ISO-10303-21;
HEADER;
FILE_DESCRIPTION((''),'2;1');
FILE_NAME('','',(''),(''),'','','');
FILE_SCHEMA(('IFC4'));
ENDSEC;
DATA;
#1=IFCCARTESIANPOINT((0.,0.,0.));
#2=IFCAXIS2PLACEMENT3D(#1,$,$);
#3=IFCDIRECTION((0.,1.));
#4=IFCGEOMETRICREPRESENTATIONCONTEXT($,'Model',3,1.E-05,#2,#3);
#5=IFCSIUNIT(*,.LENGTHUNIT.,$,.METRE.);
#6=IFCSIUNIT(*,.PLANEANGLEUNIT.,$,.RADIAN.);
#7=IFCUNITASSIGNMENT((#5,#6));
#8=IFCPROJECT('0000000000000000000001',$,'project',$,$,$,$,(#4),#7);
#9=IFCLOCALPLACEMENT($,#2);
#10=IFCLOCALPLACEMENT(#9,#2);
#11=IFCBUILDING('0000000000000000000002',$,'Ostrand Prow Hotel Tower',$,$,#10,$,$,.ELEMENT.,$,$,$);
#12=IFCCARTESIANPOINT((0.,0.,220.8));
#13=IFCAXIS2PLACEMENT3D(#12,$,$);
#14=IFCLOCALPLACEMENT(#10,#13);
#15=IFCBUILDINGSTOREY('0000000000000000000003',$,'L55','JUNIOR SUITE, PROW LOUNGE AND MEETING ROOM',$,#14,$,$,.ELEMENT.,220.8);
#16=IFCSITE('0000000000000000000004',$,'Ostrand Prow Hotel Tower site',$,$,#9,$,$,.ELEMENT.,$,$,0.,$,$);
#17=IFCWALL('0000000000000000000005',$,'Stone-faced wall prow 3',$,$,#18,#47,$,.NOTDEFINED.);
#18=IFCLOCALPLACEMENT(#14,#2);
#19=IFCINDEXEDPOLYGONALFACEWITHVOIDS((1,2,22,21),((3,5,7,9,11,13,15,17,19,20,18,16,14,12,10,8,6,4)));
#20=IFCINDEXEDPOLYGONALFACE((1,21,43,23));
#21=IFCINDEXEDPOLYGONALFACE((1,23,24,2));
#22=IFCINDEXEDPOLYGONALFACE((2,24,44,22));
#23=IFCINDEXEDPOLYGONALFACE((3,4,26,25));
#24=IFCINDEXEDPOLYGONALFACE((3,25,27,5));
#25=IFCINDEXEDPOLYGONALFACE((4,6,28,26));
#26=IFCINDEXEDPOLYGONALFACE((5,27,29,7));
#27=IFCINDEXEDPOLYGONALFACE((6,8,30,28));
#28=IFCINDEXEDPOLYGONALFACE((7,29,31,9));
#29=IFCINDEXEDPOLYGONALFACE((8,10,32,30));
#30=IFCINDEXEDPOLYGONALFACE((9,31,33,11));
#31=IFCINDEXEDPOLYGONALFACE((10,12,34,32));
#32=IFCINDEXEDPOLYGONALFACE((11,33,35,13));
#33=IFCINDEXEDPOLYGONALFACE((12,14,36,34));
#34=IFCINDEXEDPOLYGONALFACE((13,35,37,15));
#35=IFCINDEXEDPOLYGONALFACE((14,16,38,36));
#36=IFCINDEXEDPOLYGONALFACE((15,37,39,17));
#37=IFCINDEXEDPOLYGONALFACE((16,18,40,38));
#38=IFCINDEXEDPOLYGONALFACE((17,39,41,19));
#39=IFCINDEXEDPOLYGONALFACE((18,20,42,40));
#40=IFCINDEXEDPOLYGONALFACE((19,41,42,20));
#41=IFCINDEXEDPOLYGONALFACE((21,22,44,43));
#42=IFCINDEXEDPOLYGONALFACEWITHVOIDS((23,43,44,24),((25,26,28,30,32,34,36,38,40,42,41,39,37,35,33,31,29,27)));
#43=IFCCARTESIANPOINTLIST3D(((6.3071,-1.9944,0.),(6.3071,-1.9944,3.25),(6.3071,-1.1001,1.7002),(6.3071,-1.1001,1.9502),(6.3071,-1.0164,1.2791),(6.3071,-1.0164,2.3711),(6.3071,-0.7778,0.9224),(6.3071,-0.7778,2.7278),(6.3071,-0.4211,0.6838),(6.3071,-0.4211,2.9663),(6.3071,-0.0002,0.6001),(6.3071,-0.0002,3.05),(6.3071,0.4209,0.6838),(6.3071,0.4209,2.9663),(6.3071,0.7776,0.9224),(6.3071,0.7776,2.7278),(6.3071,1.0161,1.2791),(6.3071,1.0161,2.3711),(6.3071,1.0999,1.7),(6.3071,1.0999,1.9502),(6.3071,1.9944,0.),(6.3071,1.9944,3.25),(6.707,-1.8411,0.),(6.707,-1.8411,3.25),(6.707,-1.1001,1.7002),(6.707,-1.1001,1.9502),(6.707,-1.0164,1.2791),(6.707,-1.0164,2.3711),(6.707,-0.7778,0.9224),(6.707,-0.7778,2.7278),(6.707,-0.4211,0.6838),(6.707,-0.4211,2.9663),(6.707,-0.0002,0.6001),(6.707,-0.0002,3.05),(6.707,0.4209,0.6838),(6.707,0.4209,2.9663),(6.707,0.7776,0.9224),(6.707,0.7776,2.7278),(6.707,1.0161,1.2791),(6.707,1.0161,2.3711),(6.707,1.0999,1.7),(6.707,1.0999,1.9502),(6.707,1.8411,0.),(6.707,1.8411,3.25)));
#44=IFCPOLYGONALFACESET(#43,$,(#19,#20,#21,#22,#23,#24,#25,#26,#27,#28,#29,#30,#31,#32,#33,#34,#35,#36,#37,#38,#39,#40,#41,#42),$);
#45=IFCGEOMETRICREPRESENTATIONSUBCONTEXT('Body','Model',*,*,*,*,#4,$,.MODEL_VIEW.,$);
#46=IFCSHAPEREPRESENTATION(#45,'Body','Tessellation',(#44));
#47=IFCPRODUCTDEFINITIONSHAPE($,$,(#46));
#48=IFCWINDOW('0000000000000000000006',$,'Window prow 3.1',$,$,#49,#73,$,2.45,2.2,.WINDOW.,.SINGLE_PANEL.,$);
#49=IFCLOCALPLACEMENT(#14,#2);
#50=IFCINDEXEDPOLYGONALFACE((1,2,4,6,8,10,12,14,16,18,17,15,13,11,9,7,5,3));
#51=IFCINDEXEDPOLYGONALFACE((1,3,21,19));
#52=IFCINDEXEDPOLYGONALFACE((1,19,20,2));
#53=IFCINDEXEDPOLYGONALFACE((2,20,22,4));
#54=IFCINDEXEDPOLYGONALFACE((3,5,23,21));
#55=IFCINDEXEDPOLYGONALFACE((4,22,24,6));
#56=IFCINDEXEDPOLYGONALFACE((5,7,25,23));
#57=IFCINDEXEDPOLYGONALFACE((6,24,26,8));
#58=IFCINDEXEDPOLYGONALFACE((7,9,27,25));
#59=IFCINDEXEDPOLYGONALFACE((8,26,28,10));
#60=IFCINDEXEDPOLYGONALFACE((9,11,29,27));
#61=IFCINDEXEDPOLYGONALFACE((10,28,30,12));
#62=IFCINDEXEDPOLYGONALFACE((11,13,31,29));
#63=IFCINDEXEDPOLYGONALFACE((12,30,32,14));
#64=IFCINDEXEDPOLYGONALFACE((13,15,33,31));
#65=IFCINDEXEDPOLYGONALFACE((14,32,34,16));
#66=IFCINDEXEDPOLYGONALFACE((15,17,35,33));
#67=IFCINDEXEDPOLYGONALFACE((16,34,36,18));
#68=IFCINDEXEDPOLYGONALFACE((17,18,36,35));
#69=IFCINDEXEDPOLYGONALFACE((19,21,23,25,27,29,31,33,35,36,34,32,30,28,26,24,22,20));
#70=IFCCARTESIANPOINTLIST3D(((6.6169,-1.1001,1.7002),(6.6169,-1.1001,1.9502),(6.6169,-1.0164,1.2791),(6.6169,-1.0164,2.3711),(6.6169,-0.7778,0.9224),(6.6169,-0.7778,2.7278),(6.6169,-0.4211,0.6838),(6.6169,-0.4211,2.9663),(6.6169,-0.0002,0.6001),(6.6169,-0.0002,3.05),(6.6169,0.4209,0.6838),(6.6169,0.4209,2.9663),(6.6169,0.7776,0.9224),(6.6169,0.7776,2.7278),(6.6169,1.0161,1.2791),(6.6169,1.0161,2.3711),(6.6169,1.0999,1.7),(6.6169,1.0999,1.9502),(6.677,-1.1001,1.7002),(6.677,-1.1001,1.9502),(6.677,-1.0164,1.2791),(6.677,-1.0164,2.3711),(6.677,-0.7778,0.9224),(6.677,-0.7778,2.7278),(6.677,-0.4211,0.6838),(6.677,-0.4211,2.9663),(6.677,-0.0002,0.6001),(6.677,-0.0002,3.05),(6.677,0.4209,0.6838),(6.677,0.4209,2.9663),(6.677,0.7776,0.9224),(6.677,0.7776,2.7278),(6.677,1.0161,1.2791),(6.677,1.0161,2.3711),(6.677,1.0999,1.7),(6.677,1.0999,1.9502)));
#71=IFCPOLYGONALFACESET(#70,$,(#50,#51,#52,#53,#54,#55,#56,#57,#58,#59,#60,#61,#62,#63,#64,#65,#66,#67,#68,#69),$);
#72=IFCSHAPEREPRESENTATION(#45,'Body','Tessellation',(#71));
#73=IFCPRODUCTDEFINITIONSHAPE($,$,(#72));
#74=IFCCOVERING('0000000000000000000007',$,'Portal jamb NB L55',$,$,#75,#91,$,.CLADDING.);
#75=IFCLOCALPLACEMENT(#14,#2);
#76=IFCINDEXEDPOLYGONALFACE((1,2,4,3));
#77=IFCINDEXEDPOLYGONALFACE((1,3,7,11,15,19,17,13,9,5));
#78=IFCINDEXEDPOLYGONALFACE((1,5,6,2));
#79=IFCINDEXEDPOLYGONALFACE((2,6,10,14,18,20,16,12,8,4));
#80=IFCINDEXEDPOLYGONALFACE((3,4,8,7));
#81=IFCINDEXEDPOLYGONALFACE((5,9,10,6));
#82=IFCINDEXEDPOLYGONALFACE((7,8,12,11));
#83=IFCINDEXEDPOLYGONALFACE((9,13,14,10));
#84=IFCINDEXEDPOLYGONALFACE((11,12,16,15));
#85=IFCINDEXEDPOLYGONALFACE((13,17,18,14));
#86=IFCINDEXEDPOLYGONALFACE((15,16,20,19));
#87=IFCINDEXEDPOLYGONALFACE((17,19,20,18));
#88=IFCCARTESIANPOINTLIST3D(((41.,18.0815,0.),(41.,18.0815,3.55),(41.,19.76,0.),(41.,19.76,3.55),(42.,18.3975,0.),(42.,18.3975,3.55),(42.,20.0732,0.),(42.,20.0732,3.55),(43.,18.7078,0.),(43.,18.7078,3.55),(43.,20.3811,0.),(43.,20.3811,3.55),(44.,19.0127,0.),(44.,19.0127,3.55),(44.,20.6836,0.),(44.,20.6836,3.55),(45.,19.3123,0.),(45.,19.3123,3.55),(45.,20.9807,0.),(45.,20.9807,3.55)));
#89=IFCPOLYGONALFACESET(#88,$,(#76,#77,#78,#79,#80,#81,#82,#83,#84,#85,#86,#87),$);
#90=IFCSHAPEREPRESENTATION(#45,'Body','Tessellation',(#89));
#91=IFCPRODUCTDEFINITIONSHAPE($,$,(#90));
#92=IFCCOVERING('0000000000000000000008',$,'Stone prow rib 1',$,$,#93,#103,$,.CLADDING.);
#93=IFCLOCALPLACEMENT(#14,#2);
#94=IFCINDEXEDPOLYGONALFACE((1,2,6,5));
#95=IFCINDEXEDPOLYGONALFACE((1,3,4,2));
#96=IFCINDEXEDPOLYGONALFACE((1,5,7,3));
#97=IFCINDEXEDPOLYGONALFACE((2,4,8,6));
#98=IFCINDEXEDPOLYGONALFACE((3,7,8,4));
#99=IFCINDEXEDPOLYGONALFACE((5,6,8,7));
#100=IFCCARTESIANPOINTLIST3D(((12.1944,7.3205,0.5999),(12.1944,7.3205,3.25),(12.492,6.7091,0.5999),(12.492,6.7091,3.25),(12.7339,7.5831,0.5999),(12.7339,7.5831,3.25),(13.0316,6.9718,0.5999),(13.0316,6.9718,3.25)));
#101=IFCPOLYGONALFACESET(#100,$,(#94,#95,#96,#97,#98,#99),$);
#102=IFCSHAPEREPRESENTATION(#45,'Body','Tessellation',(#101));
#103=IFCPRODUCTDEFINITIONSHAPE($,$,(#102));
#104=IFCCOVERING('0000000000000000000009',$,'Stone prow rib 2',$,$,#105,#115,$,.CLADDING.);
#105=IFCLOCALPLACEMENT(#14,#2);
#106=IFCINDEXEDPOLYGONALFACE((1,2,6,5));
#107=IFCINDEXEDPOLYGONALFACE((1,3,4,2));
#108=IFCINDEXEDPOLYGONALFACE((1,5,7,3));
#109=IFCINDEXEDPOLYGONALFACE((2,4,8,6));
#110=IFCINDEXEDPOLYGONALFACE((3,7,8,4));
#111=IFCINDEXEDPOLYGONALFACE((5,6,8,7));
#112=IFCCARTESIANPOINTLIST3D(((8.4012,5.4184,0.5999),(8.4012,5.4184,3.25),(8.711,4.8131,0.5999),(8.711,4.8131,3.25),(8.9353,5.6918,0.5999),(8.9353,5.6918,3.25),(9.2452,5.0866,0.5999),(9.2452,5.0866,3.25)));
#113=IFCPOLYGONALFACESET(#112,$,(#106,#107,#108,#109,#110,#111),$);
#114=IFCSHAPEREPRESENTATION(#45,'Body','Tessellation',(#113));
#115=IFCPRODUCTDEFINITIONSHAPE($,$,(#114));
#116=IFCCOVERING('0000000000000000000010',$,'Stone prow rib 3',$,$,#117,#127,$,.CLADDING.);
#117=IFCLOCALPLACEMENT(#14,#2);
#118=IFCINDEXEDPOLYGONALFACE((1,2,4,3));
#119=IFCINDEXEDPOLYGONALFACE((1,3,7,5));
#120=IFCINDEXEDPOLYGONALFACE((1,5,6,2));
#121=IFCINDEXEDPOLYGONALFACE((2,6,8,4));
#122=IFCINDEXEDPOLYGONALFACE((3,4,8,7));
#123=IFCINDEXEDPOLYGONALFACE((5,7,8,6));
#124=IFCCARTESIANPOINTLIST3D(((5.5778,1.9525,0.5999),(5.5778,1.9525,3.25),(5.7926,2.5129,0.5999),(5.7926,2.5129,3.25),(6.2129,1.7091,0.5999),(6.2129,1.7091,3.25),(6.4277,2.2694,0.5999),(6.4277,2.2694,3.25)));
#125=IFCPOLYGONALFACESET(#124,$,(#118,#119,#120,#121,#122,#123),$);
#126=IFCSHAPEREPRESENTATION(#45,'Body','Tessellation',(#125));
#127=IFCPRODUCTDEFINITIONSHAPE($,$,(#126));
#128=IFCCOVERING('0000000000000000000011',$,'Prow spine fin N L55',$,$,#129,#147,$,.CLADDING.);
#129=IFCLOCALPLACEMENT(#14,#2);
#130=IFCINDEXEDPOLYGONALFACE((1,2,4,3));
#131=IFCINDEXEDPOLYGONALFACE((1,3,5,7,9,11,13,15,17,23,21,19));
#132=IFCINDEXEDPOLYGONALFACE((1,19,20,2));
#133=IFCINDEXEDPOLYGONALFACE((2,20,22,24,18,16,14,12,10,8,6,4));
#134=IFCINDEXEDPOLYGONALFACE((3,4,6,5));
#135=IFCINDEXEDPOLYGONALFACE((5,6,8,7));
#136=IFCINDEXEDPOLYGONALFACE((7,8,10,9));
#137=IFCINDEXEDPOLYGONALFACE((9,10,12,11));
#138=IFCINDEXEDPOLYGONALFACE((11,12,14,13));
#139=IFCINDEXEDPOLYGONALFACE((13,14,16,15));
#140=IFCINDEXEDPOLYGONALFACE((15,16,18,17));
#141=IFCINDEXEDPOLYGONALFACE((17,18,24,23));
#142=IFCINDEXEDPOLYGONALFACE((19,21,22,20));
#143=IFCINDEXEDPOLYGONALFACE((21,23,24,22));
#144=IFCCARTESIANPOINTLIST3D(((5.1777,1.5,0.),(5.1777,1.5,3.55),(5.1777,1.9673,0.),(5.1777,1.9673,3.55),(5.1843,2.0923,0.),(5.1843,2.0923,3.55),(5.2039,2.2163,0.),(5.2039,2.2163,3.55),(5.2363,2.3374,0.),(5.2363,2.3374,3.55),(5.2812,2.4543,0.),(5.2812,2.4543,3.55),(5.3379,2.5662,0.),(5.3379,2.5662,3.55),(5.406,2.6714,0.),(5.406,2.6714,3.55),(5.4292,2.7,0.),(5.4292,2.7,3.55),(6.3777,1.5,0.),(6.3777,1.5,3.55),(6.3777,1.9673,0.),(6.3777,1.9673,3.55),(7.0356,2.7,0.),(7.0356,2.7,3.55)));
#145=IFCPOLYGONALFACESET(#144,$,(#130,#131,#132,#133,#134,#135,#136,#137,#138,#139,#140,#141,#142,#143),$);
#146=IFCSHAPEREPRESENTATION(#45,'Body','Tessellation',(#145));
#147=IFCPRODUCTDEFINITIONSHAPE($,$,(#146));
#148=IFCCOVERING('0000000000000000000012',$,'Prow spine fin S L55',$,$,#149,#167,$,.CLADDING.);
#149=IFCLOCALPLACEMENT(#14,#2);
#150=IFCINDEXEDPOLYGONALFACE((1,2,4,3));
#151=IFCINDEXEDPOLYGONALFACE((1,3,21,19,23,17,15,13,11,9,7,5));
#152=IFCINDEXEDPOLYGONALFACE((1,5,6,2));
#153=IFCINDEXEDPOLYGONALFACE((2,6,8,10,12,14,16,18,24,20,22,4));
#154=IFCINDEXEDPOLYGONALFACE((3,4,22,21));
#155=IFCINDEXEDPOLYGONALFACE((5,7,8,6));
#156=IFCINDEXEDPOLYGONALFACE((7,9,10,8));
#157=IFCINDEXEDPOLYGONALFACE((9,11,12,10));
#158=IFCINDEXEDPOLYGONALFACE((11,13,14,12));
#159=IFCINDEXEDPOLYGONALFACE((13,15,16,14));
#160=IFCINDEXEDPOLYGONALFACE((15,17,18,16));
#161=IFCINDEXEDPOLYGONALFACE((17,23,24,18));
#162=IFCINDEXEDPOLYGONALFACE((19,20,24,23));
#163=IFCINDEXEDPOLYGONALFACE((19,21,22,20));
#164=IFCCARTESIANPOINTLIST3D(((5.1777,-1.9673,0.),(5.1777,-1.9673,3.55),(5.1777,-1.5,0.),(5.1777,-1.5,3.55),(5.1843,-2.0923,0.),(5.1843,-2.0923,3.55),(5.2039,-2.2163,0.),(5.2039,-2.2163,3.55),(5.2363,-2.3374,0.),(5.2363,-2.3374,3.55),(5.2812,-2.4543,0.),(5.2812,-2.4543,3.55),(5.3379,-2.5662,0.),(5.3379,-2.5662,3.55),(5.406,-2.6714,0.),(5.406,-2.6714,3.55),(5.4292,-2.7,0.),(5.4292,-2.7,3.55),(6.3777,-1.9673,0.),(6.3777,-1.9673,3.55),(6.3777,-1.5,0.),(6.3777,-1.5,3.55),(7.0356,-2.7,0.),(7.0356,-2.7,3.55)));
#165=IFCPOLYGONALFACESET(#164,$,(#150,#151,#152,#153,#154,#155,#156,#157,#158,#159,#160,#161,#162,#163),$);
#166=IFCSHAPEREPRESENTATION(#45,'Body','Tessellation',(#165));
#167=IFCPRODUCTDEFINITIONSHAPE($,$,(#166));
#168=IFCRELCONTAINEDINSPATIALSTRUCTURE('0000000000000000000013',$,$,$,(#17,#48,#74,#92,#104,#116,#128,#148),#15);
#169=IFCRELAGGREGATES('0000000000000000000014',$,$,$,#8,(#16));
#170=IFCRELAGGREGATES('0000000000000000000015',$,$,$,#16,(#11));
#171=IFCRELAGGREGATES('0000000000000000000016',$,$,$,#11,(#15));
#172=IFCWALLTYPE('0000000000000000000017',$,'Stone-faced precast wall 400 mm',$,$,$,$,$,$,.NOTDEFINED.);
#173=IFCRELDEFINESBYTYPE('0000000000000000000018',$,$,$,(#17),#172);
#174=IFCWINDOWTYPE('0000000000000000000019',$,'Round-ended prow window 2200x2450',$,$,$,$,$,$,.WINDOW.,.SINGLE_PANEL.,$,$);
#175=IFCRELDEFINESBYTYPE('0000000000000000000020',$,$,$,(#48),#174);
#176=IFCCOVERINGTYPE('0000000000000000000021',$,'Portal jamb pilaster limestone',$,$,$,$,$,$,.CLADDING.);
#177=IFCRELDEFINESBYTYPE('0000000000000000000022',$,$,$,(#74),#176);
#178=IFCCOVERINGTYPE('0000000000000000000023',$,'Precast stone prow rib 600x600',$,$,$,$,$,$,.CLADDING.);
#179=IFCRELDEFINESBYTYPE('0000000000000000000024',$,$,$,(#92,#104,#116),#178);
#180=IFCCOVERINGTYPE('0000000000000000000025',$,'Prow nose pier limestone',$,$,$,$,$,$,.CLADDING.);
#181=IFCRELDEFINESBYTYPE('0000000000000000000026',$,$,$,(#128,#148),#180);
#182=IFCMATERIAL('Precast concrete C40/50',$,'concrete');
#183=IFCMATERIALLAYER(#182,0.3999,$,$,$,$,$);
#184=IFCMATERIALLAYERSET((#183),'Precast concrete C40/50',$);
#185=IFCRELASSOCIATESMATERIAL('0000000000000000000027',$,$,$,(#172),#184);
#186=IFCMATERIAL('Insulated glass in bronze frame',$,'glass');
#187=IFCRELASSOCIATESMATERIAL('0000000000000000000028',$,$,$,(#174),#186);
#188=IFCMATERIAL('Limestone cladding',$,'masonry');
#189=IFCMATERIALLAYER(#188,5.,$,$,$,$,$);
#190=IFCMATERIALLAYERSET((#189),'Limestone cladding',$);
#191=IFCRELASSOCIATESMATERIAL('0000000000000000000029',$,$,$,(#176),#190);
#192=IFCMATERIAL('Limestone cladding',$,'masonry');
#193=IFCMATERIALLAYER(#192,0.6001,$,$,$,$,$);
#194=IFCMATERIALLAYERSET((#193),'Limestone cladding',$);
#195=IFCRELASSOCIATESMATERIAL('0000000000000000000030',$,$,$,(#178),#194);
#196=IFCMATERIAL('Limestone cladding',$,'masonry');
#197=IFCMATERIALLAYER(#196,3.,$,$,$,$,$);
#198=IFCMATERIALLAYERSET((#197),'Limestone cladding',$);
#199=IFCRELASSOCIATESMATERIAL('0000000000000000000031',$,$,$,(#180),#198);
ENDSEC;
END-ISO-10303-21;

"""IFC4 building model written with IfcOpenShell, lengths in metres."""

from ifc_helpers import new_model, si_unit, direction, frame, frame_2d, origin, place, context, subcontext, project, spatial, polyline, rectangle, outline, extrude, material, layer, layer_set, type_object, element, fill, save


model = new_model("IFC4")

# Units and contexts
model_context = context("Model", 3, precision=1e-05, world=origin(), true_north=direction((0.0, 1.0)))
body_context = subcontext(model_context, "Body", "Model", "MODEL_VIEW")
ifc_project = project(units=[si_unit("LENGTHUNIT", "METRE"), si_unit("PLANEANGLEUNIT", "RADIAN")], contexts=[model_context])

# Site, building, storey
site_placement = place(None, origin())
site = spatial("IfcSite", under=ifc_project, at=site_placement, Name="Ostrand Prow Hotel Tower site", CompositionType="ELEMENT", RefElevation=0.0)
building_placement = place(site_placement, origin())
building = spatial("IfcBuilding", under=site, at=building_placement, Name="Ostrand Prow Hotel Tower", CompositionType="ELEMENT")
storey_placement = place(building_placement, frame((0.0, 0.0, 220.8)))
storey = spatial("IfcBuildingStorey", under=building, at=storey_placement, Name="L55", Description="JUNIOR SUITE, PROW LOUNGE AND MEETING ROOM", CompositionType="ELEMENT", Elevation=220.8)

# Wall, opening, window
ifc_material_1 = material(Name="Precast concrete C40/50", Category="concrete")
ifc_layer_1 = layer(ifc_material_1, 0.3999)
ifc_layer_set_1 = layer_set([ifc_layer_1], Name="Precast concrete C40/50")
wall_type_1 = type_object("IfcWallType", Name="Stone-faced precast wall 400 mm", PredefinedType="NOTDEFINED", material=ifc_layer_set_1)
ifc_material_2 = material(Name="Insulated glass in bronze frame", Category="glass")
window_type = type_object("IfcWindowType", Name="Round-ended prow window 2200x2450", PartitioningType="SINGLE_PANEL", PredefinedType="WINDOW", material=ifc_material_2)
wall_1_placement = place(storey_placement, frame((6.5071, 1.9177, 0.0), z_axis=(0.0, 0.0, 1.0), x_axis=(0.0, -1.0, 0.0)))
wall_1 = element("IfcWall", 1, at=wall_1_placement, inside=storey, type_object=wall_type_1, Name="Stone-faced wall prow 3", PredefinedType="NOTDEFINED", context=body_context, shape_type="SweptSolid", body=[
    extrude(outline(polyline([(-0.0767, -0.2), (3.9121, -0.2), (3.7588, 0.2), (0.0767, 0.2), (-0.0767, -0.2)])), origin(), (0.0, 0.0, 1.0), 3.25),
])
opening_1_placement = place(wall_1_placement, frame((0.8179, 0.0, 0.6001)))
opening_1 = element("IfcOpeningElement", 2, at=opening_1_placement, cuts=wall_1, PredefinedType="OPENING", context=body_context, shape_type="SweptSolid", body=[
    extrude(outline(polyline([(0.0, 1.3501), (0.0837, 1.771), (0.3223, 2.1277), (0.679, 2.3662), (1.1001, 2.45), (1.521, 2.3662), (1.8777, 2.1277), (2.1162, 1.771), (2.2, 1.3501), (2.2, 1.1001), (2.1162, 0.679), (1.8777, 0.3223), (1.521, 0.0837), (1.1001, 0.0), (0.679, 0.0837), (0.3223, 0.3223), (0.0837, 0.679), (0.0, 1.0999), (0.0, 1.3501)])), frame((0.0, 0.21, 0.0), z_axis=(0.0, -1.0, 0.0), x_axis=(1.0, 0.0, 0.0)), (0.0, 0.0, 1.0), 0.4199),
])
window_1_placement = place(opening_1_placement, origin())
window_1 = element("IfcWindow", 3, at=window_1_placement, inside=storey, type_object=window_type, Name="Window prow 3.1", OverallHeight=2.45, OverallWidth=2.2, PartitioningType="SINGLE_PANEL", PredefinedType="WINDOW", context=body_context, shape_type="SweptSolid", body=[
    extrude(outline(polyline([(0.0, 1.3501), (0.0837, 1.771), (0.3223, 2.1277), (0.679, 2.3662), (1.1001, 2.45), (1.521, 2.3662), (1.8777, 2.1277), (2.1162, 1.771), (2.2, 1.3501), (2.2, 1.1001), (2.1162, 0.679), (1.8777, 0.3223), (1.521, 0.0837), (1.1001, 0.0), (0.679, 0.0837), (0.3223, 0.3223), (0.0837, 0.679), (0.0, 1.0999), (0.0, 1.3501)])), frame((0.0, 0.1699, 0.0), z_axis=(0.0, -1.0, 0.0), x_axis=(1.0, 0.0, 0.0)), (0.0, 0.0, 1.0), 0.0601),
])
fill(opening_1, window_1)

# Coverings
ifc_material_3 = material(Name="Limestone cladding", Category="masonry")
ifc_layer_2 = layer(ifc_material_3, 5.0)
ifc_layer_set_2 = layer_set([ifc_layer_2], Name="Limestone cladding")
covering_type_1 = type_object("IfcCoveringType", Name="Portal jamb pilaster limestone", PredefinedType="CLADDING", material=ifc_layer_set_2)
covering_1_placement = place(storey_placement, origin())
element("IfcCovering", 4, at=covering_1_placement, inside=storey, type_object=covering_type_1, Name="Portal jamb NB L55", PredefinedType="CLADDING", context=body_context, shape_type="SweptSolid", body=[
    extrude(outline(polyline([(41.0, 18.0815), (42.0, 18.3975), (43.0, 18.7078), (44.0, 19.0127), (45.0, 19.3123), (45.0, 20.9807), (44.0, 20.6836), (43.0, 20.3811), (42.0, 20.0732), (41.0, 19.76), (41.0, 18.0815)])), origin(), (0.0, 0.0, 1.0), 3.55),
])
ifc_material_4 = material(Name="Limestone cladding", Category="masonry")
ifc_layer_3 = layer(ifc_material_4, 0.6001)
ifc_layer_set_3 = layer_set([ifc_layer_3], Name="Limestone cladding")
covering_type_2 = type_object("IfcCoveringType", Name="Precast stone prow rib 600x600", PredefinedType="CLADDING", material=ifc_layer_set_3)
for number, where, z_axis, x_axis, name in (
    (5, (12.7617, 6.8406, 0.5999), (0.0, 0.0, 1.0), (-0.437709, 0.899117, 0.0), "Stone prow rib 1"),
    (6, (8.978, 4.95, 0.5999), (0.0, 0.0, 1.0), (-0.455668, 0.89015, 0.0), "Stone prow rib 2"),
):
    element("IfcCovering", number, at=place(storey_placement, frame(where, z_axis=z_axis, x_axis=x_axis)), inside=storey, type_object=covering_type_2, Name=name, PredefinedType="CLADDING", context=body_context, shape_type="SweptSolid", body=[
        extrude(rectangle(XDim=0.6799, YDim=0.6001, at=frame_2d((0.3398, 0.0))), origin(), (0.0, 0.0, 1.0), 2.6501),
    ])
covering_2_placement = place(storey_placement, frame((6.3203, 1.9893, 0.5999), z_axis=(0.0, 0.0, 1.0), x_axis=(-0.933752, 0.35792, 0.0)))
element("IfcCovering", 7, at=covering_2_placement, inside=storey, type_object=covering_type_2, Name="Stone prow rib 3", PredefinedType="CLADDING", context=body_context, shape_type="SweptSolid", body=[
    extrude(rectangle(XDim=0.6802, YDim=0.6001, at=frame_2d((0.3401, 0.0))), origin(), (0.0, 0.0, 1.0), 2.6501),
])
ifc_material_5 = material(Name="Limestone cladding", Category="masonry")
ifc_layer_4 = layer(ifc_material_5, 3.0)
ifc_layer_set_4 = layer_set([ifc_layer_4], Name="Limestone cladding")
covering_type_3 = type_object("IfcCoveringType", Name="Prow nose pier limestone", PredefinedType="CLADDING", material=ifc_layer_set_4)
covering_3_placement = place(storey_placement, origin())
element("IfcCovering", 8, at=covering_3_placement, inside=storey, type_object=covering_type_3, Name="Prow spine fin N L55", PredefinedType="CLADDING", context=body_context, shape_type="SweptSolid", body=[
    extrude(outline(polyline([(5.1777, 1.9673), (5.1777, 1.5), (6.3777, 1.5), (6.3777, 1.9673), (7.0356, 2.7), (5.4292, 2.7), (5.406, 2.6714), (5.3379, 2.5662), (5.2812, 2.4543), (5.2363, 2.3374), (5.2039, 2.2163), (5.1843, 2.0923), (5.1777, 1.9673)])), origin(), (0.0, 0.0, 1.0), 3.55),
])
covering_4_placement = place(storey_placement, origin())
element("IfcCovering", 9, at=covering_4_placement, inside=storey, type_object=covering_type_3, Name="Prow spine fin S L55", PredefinedType="CLADDING", context=body_context, shape_type="SweptSolid", body=[
    extrude(outline(polyline([(5.406, -2.6714), (5.4292, -2.7), (7.0356, -2.7), (6.3777, -1.9673), (6.3777, -1.5), (5.1777, -1.5), (5.1777, -1.9673), (5.1843, -2.0923), (5.2039, -2.2163), (5.2363, -2.3374), (5.2812, -2.4543), (5.3379, -2.5662), (5.406, -2.6714)])), origin(), (0.0, 0.0, 1.0), 3.55),
])

save(model, "model.ifc")
